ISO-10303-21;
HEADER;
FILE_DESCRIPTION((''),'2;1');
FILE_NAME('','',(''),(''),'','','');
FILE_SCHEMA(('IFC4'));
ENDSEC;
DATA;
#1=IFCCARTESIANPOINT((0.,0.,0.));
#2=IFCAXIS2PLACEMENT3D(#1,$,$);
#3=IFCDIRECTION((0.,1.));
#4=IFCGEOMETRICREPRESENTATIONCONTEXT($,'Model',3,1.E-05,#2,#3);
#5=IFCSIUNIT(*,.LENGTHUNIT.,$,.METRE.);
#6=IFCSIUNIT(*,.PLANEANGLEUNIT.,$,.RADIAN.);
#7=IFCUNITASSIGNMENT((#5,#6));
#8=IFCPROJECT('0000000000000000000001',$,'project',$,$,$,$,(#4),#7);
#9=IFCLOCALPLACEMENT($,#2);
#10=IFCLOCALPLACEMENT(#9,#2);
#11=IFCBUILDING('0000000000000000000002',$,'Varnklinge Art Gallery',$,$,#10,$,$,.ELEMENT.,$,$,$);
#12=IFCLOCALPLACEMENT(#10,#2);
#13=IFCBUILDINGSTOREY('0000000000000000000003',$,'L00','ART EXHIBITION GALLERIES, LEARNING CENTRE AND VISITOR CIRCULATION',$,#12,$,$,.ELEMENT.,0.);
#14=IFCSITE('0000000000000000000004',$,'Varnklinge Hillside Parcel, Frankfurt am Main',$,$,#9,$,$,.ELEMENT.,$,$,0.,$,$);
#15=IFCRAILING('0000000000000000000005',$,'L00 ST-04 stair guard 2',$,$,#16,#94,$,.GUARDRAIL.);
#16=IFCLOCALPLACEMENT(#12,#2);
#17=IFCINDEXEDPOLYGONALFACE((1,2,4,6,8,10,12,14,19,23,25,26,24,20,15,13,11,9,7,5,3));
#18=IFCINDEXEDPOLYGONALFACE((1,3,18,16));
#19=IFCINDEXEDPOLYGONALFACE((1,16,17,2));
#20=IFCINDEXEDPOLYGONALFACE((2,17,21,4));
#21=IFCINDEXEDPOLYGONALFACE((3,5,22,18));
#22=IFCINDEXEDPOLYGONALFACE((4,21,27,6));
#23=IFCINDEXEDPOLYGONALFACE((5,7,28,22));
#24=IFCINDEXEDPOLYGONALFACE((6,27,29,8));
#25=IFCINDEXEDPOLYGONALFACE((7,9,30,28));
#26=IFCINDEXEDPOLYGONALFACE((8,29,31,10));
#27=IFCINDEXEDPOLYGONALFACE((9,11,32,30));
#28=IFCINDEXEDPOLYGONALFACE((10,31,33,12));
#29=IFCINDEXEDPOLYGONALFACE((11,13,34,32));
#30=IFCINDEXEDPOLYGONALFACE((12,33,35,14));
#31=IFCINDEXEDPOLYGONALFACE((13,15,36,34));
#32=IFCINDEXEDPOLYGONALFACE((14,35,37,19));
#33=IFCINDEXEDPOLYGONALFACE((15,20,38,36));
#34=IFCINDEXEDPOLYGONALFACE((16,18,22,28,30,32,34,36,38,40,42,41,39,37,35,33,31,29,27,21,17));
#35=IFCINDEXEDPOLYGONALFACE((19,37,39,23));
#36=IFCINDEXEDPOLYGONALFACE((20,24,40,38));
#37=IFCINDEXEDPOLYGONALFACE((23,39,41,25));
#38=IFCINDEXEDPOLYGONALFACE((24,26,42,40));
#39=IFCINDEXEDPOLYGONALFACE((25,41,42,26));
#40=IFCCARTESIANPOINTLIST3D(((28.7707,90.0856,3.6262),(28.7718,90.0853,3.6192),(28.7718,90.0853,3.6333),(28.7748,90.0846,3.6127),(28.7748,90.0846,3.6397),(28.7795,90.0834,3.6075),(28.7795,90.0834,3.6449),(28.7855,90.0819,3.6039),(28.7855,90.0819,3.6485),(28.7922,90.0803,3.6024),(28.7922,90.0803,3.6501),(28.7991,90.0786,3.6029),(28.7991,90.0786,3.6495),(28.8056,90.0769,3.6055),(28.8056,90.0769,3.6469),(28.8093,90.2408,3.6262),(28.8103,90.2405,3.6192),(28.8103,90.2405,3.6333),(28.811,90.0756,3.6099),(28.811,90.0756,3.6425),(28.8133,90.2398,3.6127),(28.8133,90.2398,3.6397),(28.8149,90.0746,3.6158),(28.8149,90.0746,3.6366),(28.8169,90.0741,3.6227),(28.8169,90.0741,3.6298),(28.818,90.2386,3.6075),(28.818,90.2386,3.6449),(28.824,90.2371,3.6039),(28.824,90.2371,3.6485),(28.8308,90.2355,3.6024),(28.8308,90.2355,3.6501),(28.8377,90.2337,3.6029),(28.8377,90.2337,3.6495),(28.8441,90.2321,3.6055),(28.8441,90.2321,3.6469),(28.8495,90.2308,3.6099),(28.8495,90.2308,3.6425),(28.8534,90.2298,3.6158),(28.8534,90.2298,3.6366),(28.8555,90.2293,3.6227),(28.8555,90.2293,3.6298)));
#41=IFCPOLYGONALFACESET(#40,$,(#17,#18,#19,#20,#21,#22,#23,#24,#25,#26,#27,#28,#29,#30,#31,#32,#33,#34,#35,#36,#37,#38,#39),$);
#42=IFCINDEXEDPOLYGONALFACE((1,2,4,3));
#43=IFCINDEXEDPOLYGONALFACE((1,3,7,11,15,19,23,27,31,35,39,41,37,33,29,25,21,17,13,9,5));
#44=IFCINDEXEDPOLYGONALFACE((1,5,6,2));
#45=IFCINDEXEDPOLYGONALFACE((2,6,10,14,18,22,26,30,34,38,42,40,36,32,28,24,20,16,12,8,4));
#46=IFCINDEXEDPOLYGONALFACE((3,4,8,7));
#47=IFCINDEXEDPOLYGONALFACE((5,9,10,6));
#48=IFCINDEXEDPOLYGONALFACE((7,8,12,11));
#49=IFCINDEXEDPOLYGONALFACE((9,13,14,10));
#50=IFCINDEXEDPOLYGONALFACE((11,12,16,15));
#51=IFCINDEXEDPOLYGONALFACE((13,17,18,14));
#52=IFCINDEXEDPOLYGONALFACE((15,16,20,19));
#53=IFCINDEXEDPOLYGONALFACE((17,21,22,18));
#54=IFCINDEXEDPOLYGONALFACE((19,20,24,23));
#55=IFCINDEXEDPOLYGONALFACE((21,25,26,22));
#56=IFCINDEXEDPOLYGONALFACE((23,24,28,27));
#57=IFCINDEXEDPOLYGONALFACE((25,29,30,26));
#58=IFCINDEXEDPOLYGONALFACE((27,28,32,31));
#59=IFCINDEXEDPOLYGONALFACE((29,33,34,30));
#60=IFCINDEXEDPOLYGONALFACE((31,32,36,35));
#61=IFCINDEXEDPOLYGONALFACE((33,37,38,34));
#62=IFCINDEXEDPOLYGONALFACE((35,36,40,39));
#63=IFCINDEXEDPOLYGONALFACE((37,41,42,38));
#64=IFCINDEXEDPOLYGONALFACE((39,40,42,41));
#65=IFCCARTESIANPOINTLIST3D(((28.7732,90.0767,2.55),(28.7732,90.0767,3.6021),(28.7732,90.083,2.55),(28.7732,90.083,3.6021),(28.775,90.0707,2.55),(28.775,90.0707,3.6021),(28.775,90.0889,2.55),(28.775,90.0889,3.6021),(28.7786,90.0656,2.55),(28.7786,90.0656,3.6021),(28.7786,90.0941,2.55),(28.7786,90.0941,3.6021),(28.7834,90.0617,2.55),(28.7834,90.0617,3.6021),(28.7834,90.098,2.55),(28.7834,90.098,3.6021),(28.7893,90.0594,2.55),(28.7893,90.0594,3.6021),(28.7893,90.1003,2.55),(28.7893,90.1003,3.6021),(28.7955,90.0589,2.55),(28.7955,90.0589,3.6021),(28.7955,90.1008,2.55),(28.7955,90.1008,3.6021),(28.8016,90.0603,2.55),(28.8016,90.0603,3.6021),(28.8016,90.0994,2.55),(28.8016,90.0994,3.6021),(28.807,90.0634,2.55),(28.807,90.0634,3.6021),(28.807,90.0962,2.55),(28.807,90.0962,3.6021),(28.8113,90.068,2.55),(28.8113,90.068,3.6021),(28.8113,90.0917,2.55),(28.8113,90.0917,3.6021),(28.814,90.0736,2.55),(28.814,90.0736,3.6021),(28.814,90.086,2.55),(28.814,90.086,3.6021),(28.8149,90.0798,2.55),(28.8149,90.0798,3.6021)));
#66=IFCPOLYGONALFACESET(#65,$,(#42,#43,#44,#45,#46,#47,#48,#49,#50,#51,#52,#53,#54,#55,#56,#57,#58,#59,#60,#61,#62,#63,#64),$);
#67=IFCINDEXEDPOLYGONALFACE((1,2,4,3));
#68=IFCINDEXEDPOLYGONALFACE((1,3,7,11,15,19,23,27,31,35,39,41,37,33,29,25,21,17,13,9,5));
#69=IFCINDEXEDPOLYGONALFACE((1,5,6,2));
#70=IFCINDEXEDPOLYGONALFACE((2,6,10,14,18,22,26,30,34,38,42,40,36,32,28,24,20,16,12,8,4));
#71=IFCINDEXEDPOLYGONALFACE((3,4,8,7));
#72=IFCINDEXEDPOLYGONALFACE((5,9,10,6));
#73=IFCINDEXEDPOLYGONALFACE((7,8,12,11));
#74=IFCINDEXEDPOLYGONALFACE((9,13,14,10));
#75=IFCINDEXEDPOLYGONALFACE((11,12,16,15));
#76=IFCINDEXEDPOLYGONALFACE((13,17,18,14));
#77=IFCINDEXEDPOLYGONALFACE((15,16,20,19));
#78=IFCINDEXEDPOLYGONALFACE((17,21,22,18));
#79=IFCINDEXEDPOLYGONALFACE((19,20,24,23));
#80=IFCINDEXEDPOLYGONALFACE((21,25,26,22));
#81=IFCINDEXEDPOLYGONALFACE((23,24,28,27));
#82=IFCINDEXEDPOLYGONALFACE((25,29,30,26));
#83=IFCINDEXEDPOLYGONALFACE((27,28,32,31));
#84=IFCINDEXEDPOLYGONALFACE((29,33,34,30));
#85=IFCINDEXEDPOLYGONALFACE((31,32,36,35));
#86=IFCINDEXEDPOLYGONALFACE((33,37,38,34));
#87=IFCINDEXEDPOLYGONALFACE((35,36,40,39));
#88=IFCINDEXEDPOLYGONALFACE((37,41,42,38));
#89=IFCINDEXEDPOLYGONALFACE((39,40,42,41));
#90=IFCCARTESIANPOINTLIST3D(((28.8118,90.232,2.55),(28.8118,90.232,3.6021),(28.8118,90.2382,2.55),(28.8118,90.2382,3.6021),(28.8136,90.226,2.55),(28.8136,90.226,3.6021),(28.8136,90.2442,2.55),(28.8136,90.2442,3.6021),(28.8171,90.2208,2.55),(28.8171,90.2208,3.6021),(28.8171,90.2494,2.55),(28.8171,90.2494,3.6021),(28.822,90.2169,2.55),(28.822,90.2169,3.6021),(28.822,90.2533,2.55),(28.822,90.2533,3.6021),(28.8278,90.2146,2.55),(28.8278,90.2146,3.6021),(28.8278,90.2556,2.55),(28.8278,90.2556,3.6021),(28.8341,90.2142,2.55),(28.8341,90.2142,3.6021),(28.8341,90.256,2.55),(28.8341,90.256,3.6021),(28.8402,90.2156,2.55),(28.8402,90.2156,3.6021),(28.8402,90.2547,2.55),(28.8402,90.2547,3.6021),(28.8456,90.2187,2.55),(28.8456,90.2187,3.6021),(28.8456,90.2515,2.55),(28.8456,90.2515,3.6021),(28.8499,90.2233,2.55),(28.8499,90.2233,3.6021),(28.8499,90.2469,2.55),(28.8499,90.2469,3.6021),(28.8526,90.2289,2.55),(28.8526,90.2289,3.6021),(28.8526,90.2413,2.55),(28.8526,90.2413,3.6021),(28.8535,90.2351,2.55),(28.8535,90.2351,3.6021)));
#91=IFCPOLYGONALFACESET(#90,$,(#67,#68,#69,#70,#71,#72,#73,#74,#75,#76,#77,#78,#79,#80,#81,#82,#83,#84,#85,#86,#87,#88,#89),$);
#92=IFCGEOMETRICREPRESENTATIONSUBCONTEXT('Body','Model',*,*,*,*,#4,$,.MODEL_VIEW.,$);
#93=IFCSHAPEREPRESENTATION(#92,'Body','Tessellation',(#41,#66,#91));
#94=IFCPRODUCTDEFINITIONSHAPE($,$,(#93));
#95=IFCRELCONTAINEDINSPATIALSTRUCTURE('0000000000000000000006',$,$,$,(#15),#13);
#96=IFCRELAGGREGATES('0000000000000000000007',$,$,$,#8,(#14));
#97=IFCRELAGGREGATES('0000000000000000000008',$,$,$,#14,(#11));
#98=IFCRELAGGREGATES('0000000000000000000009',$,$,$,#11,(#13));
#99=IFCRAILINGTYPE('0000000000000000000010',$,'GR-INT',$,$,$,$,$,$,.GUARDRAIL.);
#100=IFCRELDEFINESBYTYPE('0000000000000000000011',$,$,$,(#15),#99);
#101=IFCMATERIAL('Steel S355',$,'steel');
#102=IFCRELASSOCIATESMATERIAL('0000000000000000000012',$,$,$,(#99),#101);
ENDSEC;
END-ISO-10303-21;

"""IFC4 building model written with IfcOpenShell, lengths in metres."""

from ifc_helpers import new_model, si_unit, direction, frame, origin, origin_2d, place, context, subcontext, project, spatial, circle, extrude, material, type_object, element, save


model = new_model("IFC4")

# Units and contexts
model_context = context("Model", 3, precision=1e-05, world=origin(), true_north=direction((0.0, 1.0)))
body_context = subcontext(model_context, "Body", "Model", "MODEL_VIEW")
ifc_project = project(units=[si_unit("LENGTHUNIT", "METRE"), si_unit("PLANEANGLEUNIT", "RADIAN")], contexts=[model_context])

# Site, building, storey
site_placement = place(None, origin())
site = spatial("IfcSite", under=ifc_project, at=site_placement, Name="Varnklinge Hillside Parcel, Frankfurt am Main", CompositionType="ELEMENT", RefElevation=0.0)
building_placement = place(site_placement, origin())
building = spatial("IfcBuilding", under=site, at=building_placement, Name="Varnklinge Art Gallery", CompositionType="ELEMENT")
storey_placement = place(building_placement, origin())
storey = spatial("IfcBuildingStorey", under=building, at=storey_placement, Name="L00", Description="ART EXHIBITION GALLERIES, LEARNING CENTRE AND VISITOR CIRCULATION", CompositionType="ELEMENT", Elevation=0.0)

# Railing
ifc_material_1 = material(Name="Steel S355", Category="steel")
railing_type_1 = type_object("IfcRailingType", Name="GR-INT", PredefinedType="GUARDRAIL", material=ifc_material_1)
railing_1_placement = place(storey_placement, frame((28.7939, 90.0798, 2.55)))
element("IfcRailing", 1, at=railing_1_placement, inside=storey, type_object=railing_type_1, Name="L00 ST-04 stair guard 2", PredefinedType="GUARDRAIL", context=body_context, shape_type="SweptSolid", body=[
    extrude(circle(Radius=0.0239, at=origin_2d()), frame((0.0, 0.0, 1.0762), z_axis=(0.241099, 0.9705, 0.0), x_axis=(-0.9705, 0.241099, 0.0)), (0.0, 0.0, 1.0), 0.1599),
    extrude(circle(Radius=0.021, at=origin_2d()), origin(), (0.0, 0.0, 1.0), 1.052),
    extrude(circle(Radius=0.021, at=origin_2d()), frame((0.0386, 0.1553, 0.0)), (0.0, 0.0, 1.0), 1.052),
])

save(model, "model.ifc")
